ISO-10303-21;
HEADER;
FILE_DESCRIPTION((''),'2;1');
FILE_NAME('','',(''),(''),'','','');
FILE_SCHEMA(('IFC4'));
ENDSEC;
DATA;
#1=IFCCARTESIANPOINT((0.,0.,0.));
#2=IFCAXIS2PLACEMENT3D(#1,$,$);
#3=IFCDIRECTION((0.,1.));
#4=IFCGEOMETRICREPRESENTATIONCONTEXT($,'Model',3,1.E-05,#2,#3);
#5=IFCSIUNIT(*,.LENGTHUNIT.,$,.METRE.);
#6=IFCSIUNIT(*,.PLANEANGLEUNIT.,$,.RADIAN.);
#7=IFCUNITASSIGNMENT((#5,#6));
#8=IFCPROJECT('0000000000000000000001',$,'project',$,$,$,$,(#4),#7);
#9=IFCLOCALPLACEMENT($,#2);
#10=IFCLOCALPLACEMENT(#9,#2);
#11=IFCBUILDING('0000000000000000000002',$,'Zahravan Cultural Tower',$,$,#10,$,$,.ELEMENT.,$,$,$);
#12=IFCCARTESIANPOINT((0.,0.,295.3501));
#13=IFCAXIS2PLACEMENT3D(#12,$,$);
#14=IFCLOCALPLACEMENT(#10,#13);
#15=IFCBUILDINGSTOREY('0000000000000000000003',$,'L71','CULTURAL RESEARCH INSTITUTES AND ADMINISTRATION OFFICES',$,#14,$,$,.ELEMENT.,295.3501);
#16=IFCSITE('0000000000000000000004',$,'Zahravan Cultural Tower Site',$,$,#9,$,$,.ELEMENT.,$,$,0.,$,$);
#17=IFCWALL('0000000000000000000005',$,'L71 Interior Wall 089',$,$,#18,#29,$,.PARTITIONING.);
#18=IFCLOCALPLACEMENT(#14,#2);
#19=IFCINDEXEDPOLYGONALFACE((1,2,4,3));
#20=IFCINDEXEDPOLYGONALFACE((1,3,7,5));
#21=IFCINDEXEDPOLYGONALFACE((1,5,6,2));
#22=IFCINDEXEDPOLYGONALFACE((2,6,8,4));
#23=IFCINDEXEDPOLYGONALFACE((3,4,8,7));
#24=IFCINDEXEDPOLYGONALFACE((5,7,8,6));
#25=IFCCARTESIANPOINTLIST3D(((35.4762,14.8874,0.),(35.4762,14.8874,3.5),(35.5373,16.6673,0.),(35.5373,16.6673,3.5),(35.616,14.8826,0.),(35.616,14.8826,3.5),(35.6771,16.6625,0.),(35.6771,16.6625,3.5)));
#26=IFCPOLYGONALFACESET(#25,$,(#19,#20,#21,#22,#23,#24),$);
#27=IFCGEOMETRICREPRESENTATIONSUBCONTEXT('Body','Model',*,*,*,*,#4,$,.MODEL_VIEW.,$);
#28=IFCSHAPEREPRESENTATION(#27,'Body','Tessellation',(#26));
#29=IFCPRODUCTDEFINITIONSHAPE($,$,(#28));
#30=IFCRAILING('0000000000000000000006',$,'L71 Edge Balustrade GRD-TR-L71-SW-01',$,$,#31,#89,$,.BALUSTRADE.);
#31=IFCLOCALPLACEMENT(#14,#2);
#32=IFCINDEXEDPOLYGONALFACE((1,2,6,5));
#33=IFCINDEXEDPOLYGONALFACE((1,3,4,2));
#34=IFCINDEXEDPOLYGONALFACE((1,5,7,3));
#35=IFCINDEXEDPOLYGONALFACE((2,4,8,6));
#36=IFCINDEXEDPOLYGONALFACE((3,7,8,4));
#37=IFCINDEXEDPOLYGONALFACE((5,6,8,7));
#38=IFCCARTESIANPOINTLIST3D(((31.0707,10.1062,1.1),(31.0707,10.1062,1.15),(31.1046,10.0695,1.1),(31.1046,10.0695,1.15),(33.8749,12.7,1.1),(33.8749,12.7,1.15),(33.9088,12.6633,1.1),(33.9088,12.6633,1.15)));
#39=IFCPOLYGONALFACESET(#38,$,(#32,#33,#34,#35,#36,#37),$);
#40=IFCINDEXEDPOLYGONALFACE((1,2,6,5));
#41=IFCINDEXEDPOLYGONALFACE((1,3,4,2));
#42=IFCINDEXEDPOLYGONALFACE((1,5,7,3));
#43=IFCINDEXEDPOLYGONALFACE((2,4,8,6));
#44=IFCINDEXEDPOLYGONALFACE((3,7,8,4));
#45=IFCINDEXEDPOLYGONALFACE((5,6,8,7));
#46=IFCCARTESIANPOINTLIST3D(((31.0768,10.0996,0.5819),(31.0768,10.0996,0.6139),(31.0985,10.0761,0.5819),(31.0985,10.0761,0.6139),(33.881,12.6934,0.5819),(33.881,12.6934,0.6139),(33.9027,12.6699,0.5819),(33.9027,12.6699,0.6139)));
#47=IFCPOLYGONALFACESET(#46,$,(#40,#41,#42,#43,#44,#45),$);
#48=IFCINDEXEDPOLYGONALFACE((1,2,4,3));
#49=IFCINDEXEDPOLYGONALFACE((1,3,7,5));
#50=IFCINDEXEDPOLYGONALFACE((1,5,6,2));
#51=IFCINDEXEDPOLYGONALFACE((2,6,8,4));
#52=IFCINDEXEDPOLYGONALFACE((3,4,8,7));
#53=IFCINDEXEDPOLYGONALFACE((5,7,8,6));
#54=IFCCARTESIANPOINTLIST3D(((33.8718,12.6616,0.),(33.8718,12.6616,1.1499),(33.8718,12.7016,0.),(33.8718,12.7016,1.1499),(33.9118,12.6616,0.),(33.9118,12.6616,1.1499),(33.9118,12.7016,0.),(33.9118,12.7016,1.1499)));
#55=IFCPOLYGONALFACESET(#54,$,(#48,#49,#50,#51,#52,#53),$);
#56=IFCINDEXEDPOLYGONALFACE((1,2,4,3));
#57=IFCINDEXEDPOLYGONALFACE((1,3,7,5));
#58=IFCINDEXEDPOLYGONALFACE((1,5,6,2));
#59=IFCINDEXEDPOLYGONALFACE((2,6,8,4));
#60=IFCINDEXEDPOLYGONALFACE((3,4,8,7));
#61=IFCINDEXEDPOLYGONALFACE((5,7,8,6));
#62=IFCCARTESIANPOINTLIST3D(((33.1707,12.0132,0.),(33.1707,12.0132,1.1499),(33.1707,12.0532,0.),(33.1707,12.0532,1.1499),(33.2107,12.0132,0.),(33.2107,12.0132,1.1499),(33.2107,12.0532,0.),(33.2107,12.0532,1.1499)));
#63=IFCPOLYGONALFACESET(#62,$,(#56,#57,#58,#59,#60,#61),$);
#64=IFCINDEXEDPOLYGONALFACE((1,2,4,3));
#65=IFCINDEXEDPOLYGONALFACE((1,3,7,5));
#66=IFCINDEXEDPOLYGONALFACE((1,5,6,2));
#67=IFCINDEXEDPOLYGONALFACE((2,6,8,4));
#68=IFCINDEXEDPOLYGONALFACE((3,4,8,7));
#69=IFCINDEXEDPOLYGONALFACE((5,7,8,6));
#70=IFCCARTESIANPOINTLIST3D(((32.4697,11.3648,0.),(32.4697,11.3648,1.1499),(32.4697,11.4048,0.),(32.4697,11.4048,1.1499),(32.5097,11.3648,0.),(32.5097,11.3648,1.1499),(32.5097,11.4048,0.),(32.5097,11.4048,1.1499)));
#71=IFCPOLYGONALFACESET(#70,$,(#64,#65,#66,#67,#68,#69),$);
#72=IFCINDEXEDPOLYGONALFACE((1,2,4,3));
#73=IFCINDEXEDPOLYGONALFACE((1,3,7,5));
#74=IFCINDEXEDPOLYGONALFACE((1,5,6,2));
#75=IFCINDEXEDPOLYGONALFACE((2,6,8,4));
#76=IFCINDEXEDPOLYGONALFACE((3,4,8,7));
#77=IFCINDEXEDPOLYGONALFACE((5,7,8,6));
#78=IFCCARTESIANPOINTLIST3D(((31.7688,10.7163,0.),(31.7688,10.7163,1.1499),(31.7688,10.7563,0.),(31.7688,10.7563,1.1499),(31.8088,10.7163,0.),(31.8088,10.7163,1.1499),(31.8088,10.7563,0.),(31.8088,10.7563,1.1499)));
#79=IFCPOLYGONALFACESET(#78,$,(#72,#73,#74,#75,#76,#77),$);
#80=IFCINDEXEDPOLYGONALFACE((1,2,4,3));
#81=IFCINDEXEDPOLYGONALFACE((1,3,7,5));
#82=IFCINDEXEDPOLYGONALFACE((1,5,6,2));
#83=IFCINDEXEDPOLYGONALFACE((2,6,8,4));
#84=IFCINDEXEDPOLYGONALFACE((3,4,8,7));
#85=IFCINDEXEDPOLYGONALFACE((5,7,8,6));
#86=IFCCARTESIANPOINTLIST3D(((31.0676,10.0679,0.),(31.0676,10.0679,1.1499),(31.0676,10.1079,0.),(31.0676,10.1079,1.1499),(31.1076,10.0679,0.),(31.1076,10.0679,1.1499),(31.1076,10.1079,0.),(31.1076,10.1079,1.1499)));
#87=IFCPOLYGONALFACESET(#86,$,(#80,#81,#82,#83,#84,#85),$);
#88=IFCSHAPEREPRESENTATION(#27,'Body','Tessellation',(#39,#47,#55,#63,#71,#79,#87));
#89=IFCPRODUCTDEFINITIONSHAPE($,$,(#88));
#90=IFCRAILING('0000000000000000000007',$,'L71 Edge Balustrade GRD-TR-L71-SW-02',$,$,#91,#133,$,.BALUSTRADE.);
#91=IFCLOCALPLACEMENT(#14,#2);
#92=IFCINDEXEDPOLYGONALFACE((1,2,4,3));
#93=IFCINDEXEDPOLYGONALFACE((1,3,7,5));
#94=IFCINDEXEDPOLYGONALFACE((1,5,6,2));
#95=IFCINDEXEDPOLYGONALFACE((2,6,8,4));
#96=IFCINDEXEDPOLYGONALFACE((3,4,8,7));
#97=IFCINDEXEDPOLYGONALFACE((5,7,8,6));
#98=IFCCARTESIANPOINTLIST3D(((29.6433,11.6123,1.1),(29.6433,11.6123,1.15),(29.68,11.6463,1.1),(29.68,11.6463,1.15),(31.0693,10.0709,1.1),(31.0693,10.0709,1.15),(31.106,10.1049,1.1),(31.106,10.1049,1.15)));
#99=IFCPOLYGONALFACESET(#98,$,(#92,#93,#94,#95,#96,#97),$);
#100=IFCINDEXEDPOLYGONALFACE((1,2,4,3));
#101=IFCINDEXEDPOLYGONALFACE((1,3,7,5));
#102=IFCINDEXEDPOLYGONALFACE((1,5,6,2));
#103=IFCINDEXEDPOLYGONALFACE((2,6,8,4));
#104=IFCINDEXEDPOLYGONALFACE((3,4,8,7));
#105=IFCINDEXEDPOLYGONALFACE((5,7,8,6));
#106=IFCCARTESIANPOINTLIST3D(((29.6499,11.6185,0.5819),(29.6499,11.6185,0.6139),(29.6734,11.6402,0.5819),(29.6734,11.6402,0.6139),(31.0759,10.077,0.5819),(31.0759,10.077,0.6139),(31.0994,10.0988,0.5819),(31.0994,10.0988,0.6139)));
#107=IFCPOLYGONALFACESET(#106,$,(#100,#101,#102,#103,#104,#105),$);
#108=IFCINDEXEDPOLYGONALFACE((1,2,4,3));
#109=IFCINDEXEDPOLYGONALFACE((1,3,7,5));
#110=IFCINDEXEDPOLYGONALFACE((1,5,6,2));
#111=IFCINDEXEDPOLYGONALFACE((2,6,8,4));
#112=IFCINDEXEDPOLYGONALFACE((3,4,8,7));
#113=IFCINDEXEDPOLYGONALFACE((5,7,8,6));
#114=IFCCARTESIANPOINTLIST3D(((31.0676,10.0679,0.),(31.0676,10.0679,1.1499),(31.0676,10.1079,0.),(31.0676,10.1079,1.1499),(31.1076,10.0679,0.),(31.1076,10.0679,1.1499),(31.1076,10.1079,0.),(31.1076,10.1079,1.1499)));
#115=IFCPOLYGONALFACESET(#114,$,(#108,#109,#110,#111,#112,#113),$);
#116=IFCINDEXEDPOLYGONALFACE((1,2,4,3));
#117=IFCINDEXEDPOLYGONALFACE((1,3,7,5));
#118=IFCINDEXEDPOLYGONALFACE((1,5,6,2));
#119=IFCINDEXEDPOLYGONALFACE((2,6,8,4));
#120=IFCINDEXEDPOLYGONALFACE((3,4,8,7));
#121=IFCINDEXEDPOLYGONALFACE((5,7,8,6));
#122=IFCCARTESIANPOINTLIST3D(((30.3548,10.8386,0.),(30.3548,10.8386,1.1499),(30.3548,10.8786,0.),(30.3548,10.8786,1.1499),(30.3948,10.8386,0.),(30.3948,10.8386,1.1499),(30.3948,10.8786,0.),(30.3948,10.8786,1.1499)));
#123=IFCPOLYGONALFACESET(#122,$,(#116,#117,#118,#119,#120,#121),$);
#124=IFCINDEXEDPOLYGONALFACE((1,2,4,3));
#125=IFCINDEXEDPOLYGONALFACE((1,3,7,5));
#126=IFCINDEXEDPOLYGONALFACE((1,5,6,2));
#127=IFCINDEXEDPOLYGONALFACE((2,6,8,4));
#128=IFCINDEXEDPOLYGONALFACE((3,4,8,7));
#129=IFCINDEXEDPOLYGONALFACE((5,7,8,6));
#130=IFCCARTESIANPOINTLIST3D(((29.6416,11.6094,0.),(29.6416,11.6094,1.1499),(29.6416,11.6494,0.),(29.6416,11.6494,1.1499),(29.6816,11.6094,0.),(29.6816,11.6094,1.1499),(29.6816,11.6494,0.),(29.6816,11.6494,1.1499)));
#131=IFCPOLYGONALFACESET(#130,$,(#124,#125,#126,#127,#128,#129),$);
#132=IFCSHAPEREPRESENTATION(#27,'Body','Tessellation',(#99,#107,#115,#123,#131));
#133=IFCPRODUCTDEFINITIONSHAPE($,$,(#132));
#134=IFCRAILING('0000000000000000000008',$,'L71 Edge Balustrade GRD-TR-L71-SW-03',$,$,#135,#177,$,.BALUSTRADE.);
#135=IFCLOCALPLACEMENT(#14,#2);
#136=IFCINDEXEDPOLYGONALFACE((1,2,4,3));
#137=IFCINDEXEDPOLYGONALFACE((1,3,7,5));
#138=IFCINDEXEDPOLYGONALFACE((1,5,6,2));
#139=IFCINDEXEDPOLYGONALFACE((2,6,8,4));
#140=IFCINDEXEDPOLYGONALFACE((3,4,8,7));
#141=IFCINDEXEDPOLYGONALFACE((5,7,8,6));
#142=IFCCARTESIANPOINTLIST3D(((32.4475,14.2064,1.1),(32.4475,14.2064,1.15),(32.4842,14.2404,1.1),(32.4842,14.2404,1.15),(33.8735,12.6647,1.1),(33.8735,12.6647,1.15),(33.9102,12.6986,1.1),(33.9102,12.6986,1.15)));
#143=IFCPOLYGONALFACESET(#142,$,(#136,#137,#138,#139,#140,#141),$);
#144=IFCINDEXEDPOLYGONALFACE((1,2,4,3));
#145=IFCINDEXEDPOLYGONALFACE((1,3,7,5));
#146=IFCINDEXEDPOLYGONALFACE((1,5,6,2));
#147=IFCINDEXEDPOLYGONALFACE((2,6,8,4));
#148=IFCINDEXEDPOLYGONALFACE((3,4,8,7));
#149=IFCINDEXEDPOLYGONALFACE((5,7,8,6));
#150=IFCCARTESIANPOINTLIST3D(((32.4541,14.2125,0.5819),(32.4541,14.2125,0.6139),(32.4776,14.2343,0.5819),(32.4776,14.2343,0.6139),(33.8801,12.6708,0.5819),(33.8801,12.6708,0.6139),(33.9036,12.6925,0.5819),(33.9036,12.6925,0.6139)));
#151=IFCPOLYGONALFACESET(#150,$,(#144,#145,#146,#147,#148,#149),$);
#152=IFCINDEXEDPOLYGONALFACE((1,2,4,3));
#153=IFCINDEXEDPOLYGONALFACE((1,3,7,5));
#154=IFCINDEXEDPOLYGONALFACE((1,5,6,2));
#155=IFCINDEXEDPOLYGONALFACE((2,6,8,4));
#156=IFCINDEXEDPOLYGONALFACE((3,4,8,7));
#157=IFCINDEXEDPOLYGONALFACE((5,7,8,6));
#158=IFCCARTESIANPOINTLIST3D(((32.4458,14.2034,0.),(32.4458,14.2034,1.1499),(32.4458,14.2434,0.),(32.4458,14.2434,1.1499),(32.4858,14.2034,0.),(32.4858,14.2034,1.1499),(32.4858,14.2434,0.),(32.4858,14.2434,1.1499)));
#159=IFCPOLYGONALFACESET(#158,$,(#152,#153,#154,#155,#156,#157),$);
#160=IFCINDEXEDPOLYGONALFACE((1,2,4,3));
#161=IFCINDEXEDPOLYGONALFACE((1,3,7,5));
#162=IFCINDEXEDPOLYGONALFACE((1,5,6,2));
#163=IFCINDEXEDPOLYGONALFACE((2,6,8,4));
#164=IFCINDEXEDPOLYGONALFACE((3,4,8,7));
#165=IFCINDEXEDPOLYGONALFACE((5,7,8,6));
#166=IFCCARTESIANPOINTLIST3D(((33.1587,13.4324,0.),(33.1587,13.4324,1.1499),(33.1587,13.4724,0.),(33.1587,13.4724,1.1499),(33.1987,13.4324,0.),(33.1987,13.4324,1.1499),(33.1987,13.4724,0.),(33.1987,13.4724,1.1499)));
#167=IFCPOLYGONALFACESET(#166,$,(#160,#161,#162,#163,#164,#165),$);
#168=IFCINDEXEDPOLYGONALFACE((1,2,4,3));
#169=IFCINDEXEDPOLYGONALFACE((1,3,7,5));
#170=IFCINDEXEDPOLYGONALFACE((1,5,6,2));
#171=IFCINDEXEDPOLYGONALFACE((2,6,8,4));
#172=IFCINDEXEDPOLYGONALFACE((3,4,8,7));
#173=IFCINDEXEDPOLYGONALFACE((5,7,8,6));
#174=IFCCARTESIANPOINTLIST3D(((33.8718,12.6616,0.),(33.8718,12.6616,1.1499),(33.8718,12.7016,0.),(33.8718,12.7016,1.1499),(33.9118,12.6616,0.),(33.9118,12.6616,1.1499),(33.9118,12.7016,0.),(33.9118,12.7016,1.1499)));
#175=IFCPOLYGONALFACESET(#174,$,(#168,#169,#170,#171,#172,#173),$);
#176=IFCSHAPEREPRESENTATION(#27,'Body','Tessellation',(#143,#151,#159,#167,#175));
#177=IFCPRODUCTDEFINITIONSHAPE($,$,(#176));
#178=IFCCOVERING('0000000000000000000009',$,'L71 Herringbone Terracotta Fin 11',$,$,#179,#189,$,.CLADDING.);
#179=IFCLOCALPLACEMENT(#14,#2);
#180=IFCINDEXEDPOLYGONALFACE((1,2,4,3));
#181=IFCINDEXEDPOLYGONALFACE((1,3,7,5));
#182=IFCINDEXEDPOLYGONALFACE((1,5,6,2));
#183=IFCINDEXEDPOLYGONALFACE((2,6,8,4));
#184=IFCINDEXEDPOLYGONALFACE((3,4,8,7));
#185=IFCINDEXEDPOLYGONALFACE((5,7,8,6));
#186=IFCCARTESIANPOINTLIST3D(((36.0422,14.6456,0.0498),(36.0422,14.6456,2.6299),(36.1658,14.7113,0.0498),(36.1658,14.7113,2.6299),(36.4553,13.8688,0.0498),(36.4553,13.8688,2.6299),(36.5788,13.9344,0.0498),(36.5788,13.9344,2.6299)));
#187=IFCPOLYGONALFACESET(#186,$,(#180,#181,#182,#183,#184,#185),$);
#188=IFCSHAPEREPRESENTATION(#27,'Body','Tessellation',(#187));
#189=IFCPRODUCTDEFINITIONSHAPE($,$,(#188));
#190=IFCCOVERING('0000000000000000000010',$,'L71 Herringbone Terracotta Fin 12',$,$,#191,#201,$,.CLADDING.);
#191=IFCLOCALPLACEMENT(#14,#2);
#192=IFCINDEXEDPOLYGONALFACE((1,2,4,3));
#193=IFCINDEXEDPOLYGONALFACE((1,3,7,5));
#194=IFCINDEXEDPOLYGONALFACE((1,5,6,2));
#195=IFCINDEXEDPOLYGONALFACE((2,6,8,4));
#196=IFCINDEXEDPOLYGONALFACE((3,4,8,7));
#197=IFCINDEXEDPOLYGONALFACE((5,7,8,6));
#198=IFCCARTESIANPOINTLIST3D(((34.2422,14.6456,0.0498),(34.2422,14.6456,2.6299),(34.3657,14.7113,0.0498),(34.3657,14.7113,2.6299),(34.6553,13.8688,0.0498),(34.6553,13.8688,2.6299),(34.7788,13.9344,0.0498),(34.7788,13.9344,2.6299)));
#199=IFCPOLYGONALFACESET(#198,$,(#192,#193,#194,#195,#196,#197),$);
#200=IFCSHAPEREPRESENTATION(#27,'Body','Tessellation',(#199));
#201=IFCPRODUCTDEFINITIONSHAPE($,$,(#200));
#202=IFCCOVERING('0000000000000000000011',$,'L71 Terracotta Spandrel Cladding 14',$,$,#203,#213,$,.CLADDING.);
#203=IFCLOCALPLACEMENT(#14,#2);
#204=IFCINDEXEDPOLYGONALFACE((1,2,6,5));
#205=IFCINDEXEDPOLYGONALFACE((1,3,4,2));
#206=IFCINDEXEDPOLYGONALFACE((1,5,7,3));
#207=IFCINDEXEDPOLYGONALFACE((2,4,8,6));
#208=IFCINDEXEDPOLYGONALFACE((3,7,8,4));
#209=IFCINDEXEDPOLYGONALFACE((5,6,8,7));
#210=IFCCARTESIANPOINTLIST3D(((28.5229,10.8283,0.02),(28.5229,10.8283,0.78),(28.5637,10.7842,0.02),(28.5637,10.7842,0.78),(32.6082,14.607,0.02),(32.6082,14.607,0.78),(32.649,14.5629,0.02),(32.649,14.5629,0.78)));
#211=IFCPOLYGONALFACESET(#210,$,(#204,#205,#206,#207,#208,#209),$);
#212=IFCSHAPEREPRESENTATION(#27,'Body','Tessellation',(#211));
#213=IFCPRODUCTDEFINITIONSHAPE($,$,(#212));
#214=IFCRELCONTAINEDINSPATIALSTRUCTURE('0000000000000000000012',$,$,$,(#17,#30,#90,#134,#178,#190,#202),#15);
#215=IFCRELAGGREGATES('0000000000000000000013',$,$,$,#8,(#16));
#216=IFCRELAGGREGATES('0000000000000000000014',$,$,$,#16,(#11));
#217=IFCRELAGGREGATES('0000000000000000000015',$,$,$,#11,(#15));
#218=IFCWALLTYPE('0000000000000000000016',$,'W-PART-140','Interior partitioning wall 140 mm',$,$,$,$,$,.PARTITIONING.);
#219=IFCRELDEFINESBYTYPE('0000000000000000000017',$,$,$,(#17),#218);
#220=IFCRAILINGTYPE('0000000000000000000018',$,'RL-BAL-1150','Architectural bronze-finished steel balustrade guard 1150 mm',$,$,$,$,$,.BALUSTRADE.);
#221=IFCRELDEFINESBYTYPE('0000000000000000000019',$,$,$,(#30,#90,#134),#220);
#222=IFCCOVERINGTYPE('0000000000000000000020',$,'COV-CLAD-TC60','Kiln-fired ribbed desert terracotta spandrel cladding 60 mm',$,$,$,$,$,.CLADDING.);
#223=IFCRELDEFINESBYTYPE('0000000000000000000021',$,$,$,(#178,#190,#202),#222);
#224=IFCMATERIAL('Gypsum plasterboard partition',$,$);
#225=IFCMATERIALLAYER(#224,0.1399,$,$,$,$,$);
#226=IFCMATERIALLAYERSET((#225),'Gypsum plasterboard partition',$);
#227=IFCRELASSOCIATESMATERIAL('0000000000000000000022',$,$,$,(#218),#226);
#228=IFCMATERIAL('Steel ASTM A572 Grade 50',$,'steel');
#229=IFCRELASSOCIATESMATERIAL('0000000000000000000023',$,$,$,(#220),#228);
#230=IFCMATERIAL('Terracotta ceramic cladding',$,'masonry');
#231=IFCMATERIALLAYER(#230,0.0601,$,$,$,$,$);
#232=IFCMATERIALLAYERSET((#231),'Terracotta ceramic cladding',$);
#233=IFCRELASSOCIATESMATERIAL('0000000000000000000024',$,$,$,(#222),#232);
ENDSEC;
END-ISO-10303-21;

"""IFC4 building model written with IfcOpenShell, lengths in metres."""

from ifc_helpers import new_model, si_unit, direction, frame, frame_2d, origin, origin_2d, place, context, subcontext, project, spatial, rectangle, extrude, source, transform, mapped, material, layer, layer_set, type_object, element, save


model = new_model("IFC4")

# Units and contexts
model_context = context("Model", 3, precision=1e-05, world=origin(), true_north=direction((0.0, 1.0)))
body_context = subcontext(model_context, "Body", "Model", "MODEL_VIEW")
ifc_project = project(units=[si_unit("LENGTHUNIT", "METRE"), si_unit("PLANEANGLEUNIT", "RADIAN")], contexts=[model_context])

# Site, building, storey
site_placement = place(None, origin())
site = spatial("IfcSite", under=ifc_project, at=site_placement, Name="Zahravan Cultural Tower Site", CompositionType="ELEMENT", RefElevation=0.0)
building_placement = place(site_placement, origin())
building = spatial("IfcBuilding", under=site, at=building_placement, Name="Zahravan Cultural Tower", CompositionType="ELEMENT")
storey_placement = place(building_placement, frame((0.0, 0.0, 295.3501)))
storey = spatial("IfcBuildingStorey", under=building, at=storey_placement, Name="L71", Description="CULTURAL RESEARCH INSTITUTES AND ADMINISTRATION OFFICES", CompositionType="ELEMENT", Elevation=295.3501)

# Shared definitions
ifc_material_1 = material(Name="Gypsum plasterboard partition")
ifc_layer_1 = layer(ifc_material_1, 0.1399)
ifc_layer_set_1 = layer_set([ifc_layer_1], Name="Gypsum plasterboard partition")
wall_type_1 = type_object("IfcWallType", Name="W-PART-140", Description="Interior partitioning wall 140 mm", PredefinedType="PARTITIONING", material=ifc_layer_set_1)

# Wall
shared_shape_1 = source(origin(), body_context, "Body", "SweptSolid", [
    extrude(rectangle(XDim=1.781, YDim=0.1399, at=frame_2d((0.8906, 0.0))), origin(), (0.0, 0.0, 1.0), 3.5),
])
wall_1_placement = place(storey_placement, frame((35.6072, 16.665, 0.0), z_axis=(0.0, 0.0, 1.0), x_axis=(-0.034269, -0.999413, 0.0)))
element("IfcWall", 1, at=wall_1_placement, inside=storey, type_object=wall_type_1, Name="L71 Interior Wall 089", PredefinedType="PARTITIONING", context=body_context, shape_type="MappedRepresentation", body=[
    mapped(shared_shape_1, transform((0.0, 0.0, 0.0), x_axis=(1.0, 0.0, 0.0), y_axis=(0.0, 1.0, 0.0), z_axis=(0.0, 0.0, 1.0), scale=1.0)),
])

# Railings
ifc_material_2 = material(Name="Steel ASTM A572 Grade 50", Category="steel")
railing_type = type_object("IfcRailingType", Name="RL-BAL-1150", Description="Architectural bronze-finished steel balustrade guard 1150 mm", PredefinedType="BALUSTRADE", material=ifc_material_2)
railing_1_placement = place(storey_placement, frame((33.8918, 12.6816, 0.0)))
element("IfcRailing", 2, at=railing_1_placement, inside=storey, type_object=railing_type, Name="L71 Edge Balustrade GRD-TR-L71-SW-01", PredefinedType="BALUSTRADE", context=body_context, shape_type="SweptSolid", body=[
    extrude(rectangle(XDim=0.05, YDim=0.05, at=origin_2d()), frame((0.0, 0.0, 1.125), z_axis=(-0.734117, -0.679023, 0.0), x_axis=(0.679023, -0.734117, 0.0)), (0.0, 0.0, 1.0), 3.8198),
    extrude(rectangle(XDim=0.032, YDim=0.032, at=origin_2d()), frame((0.0, 0.0, 0.5979), z_axis=(-0.734117, -0.679023, 0.0), x_axis=(0.679023, -0.734117, 0.0)), (0.0, 0.0, 1.0), 3.8198),
    extrude(rectangle(XDim=0.04, YDim=0.04, at=origin_2d()), origin(), (0.0, 0.0, 1.0), 1.1499),
    extrude(rectangle(XDim=0.04, YDim=0.04, at=origin_2d()), frame((-0.7012, -0.6484, 0.0)), (0.0, 0.0, 1.0), 1.1499),
    extrude(rectangle(XDim=0.04, YDim=0.04, at=origin_2d()), frame((-1.4021, -1.2969, 0.0)), (0.0, 0.0, 1.0), 1.1499),
    extrude(rectangle(XDim=0.04, YDim=0.04, at=origin_2d()), frame((-2.103, -1.9453, 0.0)), (0.0, 0.0, 1.0), 1.1499),
    extrude(rectangle(XDim=0.04, YDim=0.04, at=origin_2d()), frame((-2.8042, -2.5938, 0.0)), (0.0, 0.0, 1.0), 1.1499),
])
railing_2_placement = place(storey_placement, frame((31.0876, 10.0879, 0.0)))
element("IfcRailing", 3, at=railing_2_placement, inside=storey, type_object=railing_type, Name="L71 Edge Balustrade GRD-TR-L71-SW-02", PredefinedType="BALUSTRADE", context=body_context, shape_type="SweptSolid", body=[
    extrude(rectangle(XDim=0.05, YDim=0.05, at=origin_2d()), frame((0.0, 0.0, 1.125), z_axis=(-0.679076, 0.734068, 0.0), x_axis=(-0.734068, -0.679076, 0.0)), (0.0, 0.0, 1.0), 2.0999),
    extrude(rectangle(XDim=0.032, YDim=0.032, at=origin_2d()), frame((0.0, 0.0, 0.5979), z_axis=(-0.679076, 0.734068, 0.0), x_axis=(-0.734068, -0.679076, 0.0)), (0.0, 0.0, 1.0), 2.0999),
    extrude(rectangle(XDim=0.04, YDim=0.04, at=origin_2d()), origin(), (0.0, 0.0, 1.0), 1.1499),
    extrude(rectangle(XDim=0.04, YDim=0.04, at=origin_2d()), frame((-0.7129, 0.7708, 0.0)), (0.0, 0.0, 1.0), 1.1499),
    extrude(rectangle(XDim=0.04, YDim=0.04, at=origin_2d()), frame((-1.426, 1.5415, 0.0)), (0.0, 0.0, 1.0), 1.1499),
])
railing_3_placement = place(storey_placement, frame((32.4658, 14.2234, 0.0)))
element("IfcRailing", 4, at=railing_3_placement, inside=storey, type_object=railing_type, Name="L71 Edge Balustrade GRD-TR-L71-SW-03", PredefinedType="BALUSTRADE", context=body_context, shape_type="SweptSolid", body=[
    extrude(rectangle(XDim=0.05, YDim=0.05, at=origin_2d()), frame((0.0, 0.0, 1.125), z_axis=(0.679018, -0.734121, 0.0), x_axis=(0.734121, 0.679018, 0.0)), (0.0, 0.0, 1.0), 2.1001),
    extrude(rectangle(XDim=0.032, YDim=0.032, at=origin_2d()), frame((0.0, 0.0, 0.5979), z_axis=(0.679018, -0.734121, 0.0), x_axis=(0.734121, 0.679018, 0.0)), (0.0, 0.0, 1.0), 2.1001),
    extrude(rectangle(XDim=0.04, YDim=0.04, at=origin_2d()), origin(), (0.0, 0.0, 1.0), 1.1499),
    extrude(rectangle(XDim=0.04, YDim=0.04, at=origin_2d()), frame((0.7129, -0.771, 0.0)), (0.0, 0.0, 1.0), 1.1499),
    extrude(rectangle(XDim=0.04, YDim=0.04, at=origin_2d()), frame((1.426, -1.5417, 0.0)), (0.0, 0.0, 1.0), 1.1499),
])

# Coverings
ifc_material_3 = material(Name="Terracotta ceramic cladding", Category="masonry")
ifc_layer_2 = layer(ifc_material_3, 0.0601)
ifc_layer_set_2 = layer_set([ifc_layer_2], Name="Terracotta ceramic cladding")
covering_type = type_object("IfcCoveringType", Name="COV-CLAD-TC60", Description="Kiln-fired ribbed desert terracotta spandrel cladding 60 mm", PredefinedType="CLADDING", material=ifc_layer_set_2)
shared_shape_2 = source(origin(), body_context, "Body", "SweptSolid", [
    extrude(rectangle(XDim=0.8799, YDim=0.1399, at=origin_2d()), origin(), (0.0, 0.0, 1.0), 2.5801),
])
for number, where, z_axis, x_axis, name in (
    (5, (36.3105, 14.29, 0.0498), (0.0, 0.0, 1.0), (0.469472, -0.882948, 0.0), "L71 Herringbone Terracotta Fin 11"),
    (6, (34.5105, 14.29, 0.0498), (0.0, 0.0, 1.0), (0.469472, -0.882948, 0.0), "L71 Herringbone Terracotta Fin 12"),
):
    element("IfcCovering", number, at=place(storey_placement, frame(where, z_axis=z_axis, x_axis=x_axis)), inside=storey, type_object=covering_type, Name=name, PredefinedType="CLADDING", context=body_context, shape_type="MappedRepresentation", body=[
        mapped(shared_shape_2, transform((0.0, 0.0, 0.0), x_axis=(1.0, 0.0, 0.0), y_axis=(0.0, 1.0, 0.0), z_axis=(0.0, 0.0, 1.0), scale=1.0)),
    ])
shared_shape_3 = source(origin(), body_context, "Body", "SweptSolid", [
    extrude(rectangle(XDim=5.5649, YDim=0.0601, at=origin_2d()), origin(), (0.0, 0.0, 1.0), 0.76),
])
covering_1_placement = place(storey_placement, frame((30.5859, 12.6956, 0.02), z_axis=(0.0, 0.0, 1.0), x_axis=(-0.734121, -0.679019, 0.0)))
element("IfcCovering", 7, at=covering_1_placement, inside=storey, type_object=covering_type, Name="L71 Terracotta Spandrel Cladding 14", PredefinedType="CLADDING", context=body_context, shape_type="MappedRepresentation", body=[
    mapped(shared_shape_3, transform((0.0, 0.0, 0.0), x_axis=(1.0, 0.0, 0.0), y_axis=(0.0, 1.0, 0.0), z_axis=(0.0, 0.0, 1.0), scale=1.0)),
])

save(model, "model.ifc")
